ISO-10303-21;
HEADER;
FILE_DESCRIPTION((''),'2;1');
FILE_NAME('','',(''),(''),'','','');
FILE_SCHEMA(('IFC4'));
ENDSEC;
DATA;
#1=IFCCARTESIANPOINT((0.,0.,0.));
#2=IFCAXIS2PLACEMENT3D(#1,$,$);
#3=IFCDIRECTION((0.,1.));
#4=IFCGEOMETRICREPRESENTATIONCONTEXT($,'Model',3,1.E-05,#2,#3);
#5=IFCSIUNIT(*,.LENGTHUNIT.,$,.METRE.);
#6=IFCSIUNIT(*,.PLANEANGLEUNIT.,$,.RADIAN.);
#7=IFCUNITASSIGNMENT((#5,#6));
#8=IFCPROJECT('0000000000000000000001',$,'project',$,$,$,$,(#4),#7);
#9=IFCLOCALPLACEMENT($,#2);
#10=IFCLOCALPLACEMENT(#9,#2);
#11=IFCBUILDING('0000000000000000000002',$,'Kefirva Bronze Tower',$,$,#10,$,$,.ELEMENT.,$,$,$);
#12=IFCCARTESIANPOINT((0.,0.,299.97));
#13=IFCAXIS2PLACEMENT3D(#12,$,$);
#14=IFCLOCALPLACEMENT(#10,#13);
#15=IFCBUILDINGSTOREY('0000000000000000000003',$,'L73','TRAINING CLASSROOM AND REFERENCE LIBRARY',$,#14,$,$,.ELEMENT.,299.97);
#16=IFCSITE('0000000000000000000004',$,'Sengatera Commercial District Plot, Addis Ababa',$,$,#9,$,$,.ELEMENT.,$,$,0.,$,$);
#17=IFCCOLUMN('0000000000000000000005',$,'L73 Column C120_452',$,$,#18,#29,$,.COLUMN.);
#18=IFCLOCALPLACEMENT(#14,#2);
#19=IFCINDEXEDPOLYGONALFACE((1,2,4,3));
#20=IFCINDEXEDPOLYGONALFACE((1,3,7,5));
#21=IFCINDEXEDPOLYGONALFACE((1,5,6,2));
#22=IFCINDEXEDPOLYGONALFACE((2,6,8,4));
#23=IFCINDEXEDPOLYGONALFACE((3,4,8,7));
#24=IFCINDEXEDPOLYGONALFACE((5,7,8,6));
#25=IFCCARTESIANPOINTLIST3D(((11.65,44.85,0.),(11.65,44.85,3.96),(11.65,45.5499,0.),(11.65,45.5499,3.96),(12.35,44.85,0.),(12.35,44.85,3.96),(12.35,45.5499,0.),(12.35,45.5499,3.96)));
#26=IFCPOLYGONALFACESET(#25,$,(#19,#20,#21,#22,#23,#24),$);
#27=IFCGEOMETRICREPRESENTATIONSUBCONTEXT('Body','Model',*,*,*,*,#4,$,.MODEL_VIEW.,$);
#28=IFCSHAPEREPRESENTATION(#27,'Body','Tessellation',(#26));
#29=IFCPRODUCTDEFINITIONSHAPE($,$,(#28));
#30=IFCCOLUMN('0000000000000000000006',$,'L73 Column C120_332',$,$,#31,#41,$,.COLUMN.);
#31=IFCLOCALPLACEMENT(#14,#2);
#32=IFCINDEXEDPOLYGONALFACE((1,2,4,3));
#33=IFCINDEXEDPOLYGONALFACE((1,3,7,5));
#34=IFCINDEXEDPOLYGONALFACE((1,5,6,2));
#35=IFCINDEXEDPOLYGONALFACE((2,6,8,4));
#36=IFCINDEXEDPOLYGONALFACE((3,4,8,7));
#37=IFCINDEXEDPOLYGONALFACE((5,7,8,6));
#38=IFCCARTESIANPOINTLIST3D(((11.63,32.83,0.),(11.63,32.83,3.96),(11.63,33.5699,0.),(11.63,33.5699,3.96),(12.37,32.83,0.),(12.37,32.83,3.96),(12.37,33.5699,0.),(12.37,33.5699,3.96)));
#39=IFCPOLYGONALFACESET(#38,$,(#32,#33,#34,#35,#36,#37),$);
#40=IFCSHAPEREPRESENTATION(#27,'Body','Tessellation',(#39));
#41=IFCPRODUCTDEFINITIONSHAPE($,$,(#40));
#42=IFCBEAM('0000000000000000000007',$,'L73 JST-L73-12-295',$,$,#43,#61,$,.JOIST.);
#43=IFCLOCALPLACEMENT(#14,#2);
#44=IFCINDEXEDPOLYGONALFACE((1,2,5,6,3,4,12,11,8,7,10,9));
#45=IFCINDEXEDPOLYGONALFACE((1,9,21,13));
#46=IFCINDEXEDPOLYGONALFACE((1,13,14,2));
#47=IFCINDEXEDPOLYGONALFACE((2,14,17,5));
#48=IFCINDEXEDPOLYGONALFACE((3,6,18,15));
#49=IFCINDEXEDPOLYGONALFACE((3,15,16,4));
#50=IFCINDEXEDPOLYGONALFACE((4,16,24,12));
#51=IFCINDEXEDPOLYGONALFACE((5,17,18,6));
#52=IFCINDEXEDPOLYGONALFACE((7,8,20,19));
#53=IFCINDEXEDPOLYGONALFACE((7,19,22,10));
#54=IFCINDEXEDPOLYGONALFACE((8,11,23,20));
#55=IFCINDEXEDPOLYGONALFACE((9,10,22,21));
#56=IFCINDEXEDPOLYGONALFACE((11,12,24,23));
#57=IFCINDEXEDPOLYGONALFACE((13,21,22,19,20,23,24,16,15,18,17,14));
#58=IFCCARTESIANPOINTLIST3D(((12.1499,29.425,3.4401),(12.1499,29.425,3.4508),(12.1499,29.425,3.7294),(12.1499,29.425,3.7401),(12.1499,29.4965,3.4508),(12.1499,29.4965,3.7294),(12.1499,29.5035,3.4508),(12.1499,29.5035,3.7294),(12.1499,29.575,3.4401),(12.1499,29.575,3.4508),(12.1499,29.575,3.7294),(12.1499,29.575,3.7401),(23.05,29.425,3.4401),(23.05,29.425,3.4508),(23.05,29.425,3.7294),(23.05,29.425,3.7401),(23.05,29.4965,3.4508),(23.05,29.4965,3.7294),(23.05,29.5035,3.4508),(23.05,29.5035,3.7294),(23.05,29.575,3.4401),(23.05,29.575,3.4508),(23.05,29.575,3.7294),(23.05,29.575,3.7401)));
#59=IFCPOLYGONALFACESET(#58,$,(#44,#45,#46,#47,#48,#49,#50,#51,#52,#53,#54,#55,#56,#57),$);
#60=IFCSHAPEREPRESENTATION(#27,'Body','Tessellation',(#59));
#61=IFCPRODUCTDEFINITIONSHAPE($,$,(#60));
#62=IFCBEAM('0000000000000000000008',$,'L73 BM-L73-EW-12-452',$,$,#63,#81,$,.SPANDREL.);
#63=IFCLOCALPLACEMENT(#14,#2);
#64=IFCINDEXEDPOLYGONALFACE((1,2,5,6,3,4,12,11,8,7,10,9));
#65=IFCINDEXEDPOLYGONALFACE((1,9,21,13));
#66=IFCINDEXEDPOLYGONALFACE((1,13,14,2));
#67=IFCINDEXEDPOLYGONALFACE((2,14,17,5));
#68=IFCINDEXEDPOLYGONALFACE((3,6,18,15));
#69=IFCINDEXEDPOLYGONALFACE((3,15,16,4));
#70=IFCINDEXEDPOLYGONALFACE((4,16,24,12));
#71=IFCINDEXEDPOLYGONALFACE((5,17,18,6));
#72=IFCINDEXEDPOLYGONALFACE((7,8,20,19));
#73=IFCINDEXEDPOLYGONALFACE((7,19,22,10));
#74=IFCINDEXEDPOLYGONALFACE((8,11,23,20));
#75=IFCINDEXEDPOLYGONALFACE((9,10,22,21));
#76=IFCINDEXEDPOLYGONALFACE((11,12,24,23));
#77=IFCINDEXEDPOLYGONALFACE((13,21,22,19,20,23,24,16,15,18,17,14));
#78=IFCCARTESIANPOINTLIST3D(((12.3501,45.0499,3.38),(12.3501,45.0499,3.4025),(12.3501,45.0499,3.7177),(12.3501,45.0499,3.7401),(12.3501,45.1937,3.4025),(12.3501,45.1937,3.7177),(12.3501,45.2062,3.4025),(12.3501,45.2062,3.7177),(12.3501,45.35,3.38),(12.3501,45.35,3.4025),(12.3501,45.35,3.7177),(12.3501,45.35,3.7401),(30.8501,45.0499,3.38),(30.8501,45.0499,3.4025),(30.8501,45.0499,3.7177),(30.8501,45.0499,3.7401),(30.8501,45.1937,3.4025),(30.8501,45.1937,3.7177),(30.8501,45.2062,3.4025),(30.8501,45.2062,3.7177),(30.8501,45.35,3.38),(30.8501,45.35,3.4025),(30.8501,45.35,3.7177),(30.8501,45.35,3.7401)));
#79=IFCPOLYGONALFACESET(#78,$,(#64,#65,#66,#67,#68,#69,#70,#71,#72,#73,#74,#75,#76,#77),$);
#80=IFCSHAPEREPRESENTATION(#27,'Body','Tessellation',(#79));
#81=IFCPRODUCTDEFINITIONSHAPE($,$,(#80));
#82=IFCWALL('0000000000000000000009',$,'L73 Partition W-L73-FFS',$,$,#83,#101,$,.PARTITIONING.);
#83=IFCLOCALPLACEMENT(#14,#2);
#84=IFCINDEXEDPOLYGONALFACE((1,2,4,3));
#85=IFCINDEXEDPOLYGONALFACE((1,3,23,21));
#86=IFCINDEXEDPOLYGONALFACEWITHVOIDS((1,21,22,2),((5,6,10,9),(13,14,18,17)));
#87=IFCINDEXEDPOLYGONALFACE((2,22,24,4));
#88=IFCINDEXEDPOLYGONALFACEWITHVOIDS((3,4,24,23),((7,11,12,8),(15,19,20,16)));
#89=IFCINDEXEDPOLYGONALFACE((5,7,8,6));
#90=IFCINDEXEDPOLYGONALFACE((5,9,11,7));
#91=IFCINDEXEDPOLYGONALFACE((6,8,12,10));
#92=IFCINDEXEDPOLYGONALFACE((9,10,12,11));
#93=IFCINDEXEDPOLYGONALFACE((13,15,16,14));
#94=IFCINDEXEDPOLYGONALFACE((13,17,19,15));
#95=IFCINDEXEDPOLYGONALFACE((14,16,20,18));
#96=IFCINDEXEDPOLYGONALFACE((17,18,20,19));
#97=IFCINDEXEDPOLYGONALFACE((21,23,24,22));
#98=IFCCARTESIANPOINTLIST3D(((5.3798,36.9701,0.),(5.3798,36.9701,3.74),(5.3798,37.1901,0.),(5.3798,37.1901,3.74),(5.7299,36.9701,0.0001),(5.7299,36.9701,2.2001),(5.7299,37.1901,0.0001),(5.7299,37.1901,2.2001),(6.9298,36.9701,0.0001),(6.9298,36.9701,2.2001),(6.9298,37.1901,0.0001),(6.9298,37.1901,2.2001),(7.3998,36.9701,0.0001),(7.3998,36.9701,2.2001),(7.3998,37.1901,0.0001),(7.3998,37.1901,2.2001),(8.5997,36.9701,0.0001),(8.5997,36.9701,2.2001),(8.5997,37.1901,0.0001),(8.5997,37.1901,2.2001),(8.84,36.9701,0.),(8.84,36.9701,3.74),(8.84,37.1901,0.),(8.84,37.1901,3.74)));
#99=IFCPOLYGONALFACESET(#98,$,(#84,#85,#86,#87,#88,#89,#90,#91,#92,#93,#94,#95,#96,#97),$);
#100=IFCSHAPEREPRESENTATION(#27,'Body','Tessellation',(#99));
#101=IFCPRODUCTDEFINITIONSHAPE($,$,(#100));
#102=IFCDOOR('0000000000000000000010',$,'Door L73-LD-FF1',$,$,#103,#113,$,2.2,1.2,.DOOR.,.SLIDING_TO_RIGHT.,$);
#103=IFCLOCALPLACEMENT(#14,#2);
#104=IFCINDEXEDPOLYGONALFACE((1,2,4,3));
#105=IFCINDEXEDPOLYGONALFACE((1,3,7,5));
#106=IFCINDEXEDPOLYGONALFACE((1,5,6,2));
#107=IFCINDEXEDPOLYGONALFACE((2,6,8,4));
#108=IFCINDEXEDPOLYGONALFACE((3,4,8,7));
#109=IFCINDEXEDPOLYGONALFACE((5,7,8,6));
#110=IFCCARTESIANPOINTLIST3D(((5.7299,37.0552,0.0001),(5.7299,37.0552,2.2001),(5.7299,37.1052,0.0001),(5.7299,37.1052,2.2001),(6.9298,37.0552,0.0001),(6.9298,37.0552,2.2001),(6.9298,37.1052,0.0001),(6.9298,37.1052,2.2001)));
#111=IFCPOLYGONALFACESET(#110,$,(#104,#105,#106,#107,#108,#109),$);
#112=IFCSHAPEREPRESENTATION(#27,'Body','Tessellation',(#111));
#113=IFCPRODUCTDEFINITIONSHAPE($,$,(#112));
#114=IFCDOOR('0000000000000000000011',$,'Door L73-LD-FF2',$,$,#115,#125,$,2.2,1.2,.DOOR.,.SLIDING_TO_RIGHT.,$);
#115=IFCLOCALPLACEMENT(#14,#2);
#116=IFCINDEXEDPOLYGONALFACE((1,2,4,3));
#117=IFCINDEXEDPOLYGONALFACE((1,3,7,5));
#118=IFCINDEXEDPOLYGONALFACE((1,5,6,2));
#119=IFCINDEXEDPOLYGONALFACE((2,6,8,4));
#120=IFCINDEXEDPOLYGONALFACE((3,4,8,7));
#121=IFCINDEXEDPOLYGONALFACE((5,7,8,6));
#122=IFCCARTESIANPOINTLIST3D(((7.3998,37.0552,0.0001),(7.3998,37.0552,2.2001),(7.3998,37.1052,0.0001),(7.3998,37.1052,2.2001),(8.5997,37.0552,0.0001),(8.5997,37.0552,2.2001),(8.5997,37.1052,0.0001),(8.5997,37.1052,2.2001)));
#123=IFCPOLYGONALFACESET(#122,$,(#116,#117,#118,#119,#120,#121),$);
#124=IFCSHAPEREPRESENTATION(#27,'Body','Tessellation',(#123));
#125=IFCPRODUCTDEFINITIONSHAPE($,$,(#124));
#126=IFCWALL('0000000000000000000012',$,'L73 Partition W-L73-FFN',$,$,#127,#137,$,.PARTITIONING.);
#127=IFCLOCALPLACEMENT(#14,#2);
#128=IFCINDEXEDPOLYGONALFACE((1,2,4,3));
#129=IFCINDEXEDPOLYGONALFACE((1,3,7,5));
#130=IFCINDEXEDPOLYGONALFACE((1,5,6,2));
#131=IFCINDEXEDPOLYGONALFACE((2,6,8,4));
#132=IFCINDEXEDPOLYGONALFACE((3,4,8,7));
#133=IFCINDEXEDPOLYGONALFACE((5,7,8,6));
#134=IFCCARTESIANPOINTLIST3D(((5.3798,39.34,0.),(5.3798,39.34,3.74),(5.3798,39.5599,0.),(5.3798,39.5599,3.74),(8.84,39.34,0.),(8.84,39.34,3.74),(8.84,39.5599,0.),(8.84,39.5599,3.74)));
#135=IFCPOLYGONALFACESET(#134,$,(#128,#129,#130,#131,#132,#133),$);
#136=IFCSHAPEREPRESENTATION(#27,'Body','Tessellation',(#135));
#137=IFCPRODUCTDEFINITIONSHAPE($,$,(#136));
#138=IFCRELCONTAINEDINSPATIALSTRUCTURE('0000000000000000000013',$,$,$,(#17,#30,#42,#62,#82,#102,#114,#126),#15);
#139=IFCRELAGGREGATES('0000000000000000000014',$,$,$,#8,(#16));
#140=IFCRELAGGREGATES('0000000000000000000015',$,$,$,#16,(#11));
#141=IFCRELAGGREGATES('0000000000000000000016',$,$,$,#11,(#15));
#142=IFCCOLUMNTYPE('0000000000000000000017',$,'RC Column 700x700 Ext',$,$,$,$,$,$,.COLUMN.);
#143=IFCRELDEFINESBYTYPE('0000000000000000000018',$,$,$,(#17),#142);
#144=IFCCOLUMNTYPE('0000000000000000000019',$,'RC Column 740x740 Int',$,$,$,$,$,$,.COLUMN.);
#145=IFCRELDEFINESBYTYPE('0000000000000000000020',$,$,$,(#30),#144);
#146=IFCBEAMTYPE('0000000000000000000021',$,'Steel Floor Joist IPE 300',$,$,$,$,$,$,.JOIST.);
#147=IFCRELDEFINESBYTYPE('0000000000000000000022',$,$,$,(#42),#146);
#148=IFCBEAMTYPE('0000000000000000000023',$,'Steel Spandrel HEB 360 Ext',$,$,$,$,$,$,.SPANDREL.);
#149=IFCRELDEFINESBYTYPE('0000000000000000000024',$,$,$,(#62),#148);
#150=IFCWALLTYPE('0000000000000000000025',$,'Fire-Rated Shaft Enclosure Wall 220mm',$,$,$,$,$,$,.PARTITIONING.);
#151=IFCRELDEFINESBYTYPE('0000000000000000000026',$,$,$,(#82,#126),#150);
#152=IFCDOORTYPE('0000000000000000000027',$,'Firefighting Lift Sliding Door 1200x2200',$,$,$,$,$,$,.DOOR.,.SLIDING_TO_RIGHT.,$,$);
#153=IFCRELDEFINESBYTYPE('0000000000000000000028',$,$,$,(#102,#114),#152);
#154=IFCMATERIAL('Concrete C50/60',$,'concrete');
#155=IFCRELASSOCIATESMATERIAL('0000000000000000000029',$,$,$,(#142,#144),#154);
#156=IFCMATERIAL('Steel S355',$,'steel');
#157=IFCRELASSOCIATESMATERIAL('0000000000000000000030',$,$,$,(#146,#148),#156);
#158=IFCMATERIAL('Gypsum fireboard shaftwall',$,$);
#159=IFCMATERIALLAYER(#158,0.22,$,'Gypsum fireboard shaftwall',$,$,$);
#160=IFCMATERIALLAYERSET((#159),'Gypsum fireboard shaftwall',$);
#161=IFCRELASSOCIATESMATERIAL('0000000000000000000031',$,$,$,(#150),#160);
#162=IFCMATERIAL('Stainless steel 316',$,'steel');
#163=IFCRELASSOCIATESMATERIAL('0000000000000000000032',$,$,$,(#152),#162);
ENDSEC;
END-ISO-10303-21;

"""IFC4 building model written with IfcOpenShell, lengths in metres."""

from ifc_helpers import new_model, si_unit, direction, frame, frame_2d, origin, origin_2d, place, context, subcontext, project, spatial, rectangle, i_section, extrude, material, layer, layer_set, material_profile, profile_set, type_object, element, fill, save


model = new_model("IFC4")

# Units and contexts
model_context = context("Model", 3, precision=1e-05, world=origin(), true_north=direction((0.0, 1.0)))
body_context = subcontext(model_context, "Body", "Model", "MODEL_VIEW")
ifc_project = project(units=[si_unit("LENGTHUNIT", "METRE"), si_unit("PLANEANGLEUNIT", "RADIAN")], contexts=[model_context])

# Site, building, storey
site_placement = place(None, origin())
site = spatial("IfcSite", under=ifc_project, at=site_placement, Name="Sengatera Commercial District Plot, Addis Ababa", CompositionType="ELEMENT", RefElevation=0.0)
building_placement = place(site_placement, origin())
building = spatial("IfcBuilding", under=site, at=building_placement, Name="Kefirva Bronze Tower", CompositionType="ELEMENT")
storey_placement = place(building_placement, frame((0.0, 0.0, 299.97)))
storey = spatial("IfcBuildingStorey", under=building, at=storey_placement, Name="L73", Description="TRAINING CLASSROOM AND REFERENCE LIBRARY", CompositionType="ELEMENT", Elevation=299.97)

# Columns
ifc_material_1 = material(Name="Concrete C50/60", Category="concrete")
ifc_material_profile_1 = material_profile(ifc_material_1, rectangle(XDim=0.7, YDim=0.7, at=origin_2d()), Name="RC 700x700")
ifc_profile_set_1 = profile_set([ifc_material_profile_1], Name="Concrete C50/60")
column_type_1 = type_object("IfcColumnType", Name="RC Column 700x700 Ext", PredefinedType="COLUMN", material=ifc_profile_set_1)
column_1_placement = place(storey_placement, frame((12.0, 45.2, 0.0), z_axis=(0.0, 0.0, 1.0), x_axis=(1.0, 0.0, 0.0)))
element("IfcColumn", 1, at=column_1_placement, inside=storey, type_object=column_type_1, Name="L73 Column C120_452", PredefinedType="COLUMN", context=body_context, shape_type="SweptSolid", body=[
    extrude(rectangle(XDim=0.7, YDim=0.7, at=origin_2d()), origin(), (0.0, 0.0, 1.0), 3.96),
])
ifc_material_profile_2 = material_profile(ifc_material_1, rectangle(XDim=0.74, YDim=0.74, at=origin_2d()), Name="RC 740x740")
ifc_profile_set_2 = profile_set([ifc_material_profile_2], Name="Concrete C50/60")
column_type_2 = type_object("IfcColumnType", Name="RC Column 740x740 Int", PredefinedType="COLUMN", material=ifc_profile_set_2)
column_2_placement = place(storey_placement, frame((12.0, 33.2, 0.0), z_axis=(0.0, 0.0, 1.0), x_axis=(1.0, 0.0, 0.0)))
element("IfcColumn", 2, at=column_2_placement, inside=storey, type_object=column_type_2, Name="L73 Column C120_332", PredefinedType="COLUMN", context=body_context, shape_type="SweptSolid", body=[
    extrude(rectangle(XDim=0.74, YDim=0.74, at=origin_2d()), origin(), (0.0, 0.0, 1.0), 3.96),
])

# Beams
ifc_material_2 = material(Name="Steel S355", Category="steel")
ifc_material_profile_3 = material_profile(ifc_material_2, i_section(OverallWidth=0.1499, OverallDepth=0.3, WebThickness=0.0071, FlangeThickness=0.0107, at=origin_2d()), Name="IPE 300")
ifc_profile_set_3 = profile_set([ifc_material_profile_3], Name="Steel S355")
beam_type_1 = type_object("IfcBeamType", Name="Steel Floor Joist IPE 300", PredefinedType="JOIST", material=ifc_profile_set_3)
beam_1_placement = place(storey_placement, frame((12.1499, 29.5, 3.5901), z_axis=(1.0, 0.0, 0.0), x_axis=(0.0, 1.0, 0.0)))
element("IfcBeam", 3, at=beam_1_placement, inside=storey, type_object=beam_type_1, Name="L73 JST-L73-12-295", PredefinedType="JOIST", context=body_context, shape_type="SweptSolid", body=[
    extrude(i_section(OverallWidth=0.1499, OverallDepth=0.3, WebThickness=0.0071, FlangeThickness=0.0107, at=origin_2d()), origin(), (0.0, 0.0, 1.0), 10.9001),
])
ifc_material_profile_4 = material_profile(ifc_material_2, i_section(OverallWidth=0.3, OverallDepth=0.3601, WebThickness=0.0125, FlangeThickness=0.0225, at=origin_2d()), Name="HEB 360")
ifc_profile_set_4 = profile_set([ifc_material_profile_4], Name="Steel S355")
beam_type_2 = type_object("IfcBeamType", Name="Steel Spandrel HEB 360 Ext", PredefinedType="SPANDREL", material=ifc_profile_set_4)
beam_2_placement = place(storey_placement, frame((12.3501, 45.2, 3.5601), z_axis=(1.0, 0.0, 0.0), x_axis=(0.0, 1.0, 0.0)))
element("IfcBeam", 4, at=beam_2_placement, inside=storey, type_object=beam_type_2, Name="L73 BM-L73-EW-12-452", PredefinedType="SPANDREL", context=body_context, shape_type="SweptSolid", body=[
    extrude(i_section(OverallWidth=0.3, OverallDepth=0.3601, WebThickness=0.0125, FlangeThickness=0.0225, at=origin_2d()), origin(), (0.0, 0.0, 1.0), 18.5),
])

# Wall, openings, doors
ifc_material_3 = material(Name="Gypsum fireboard shaftwall")
ifc_layer_1 = layer(ifc_material_3, 0.22, Name="Gypsum fireboard shaftwall")
ifc_layer_set_1 = layer_set([ifc_layer_1], Name="Gypsum fireboard shaftwall")
wall_type_1 = type_object("IfcWallType", Name="Fire-Rated Shaft Enclosure Wall 220mm", PredefinedType="PARTITIONING", material=ifc_layer_set_1)
wall_1_placement = place(storey_placement, frame((5.3799, 37.0801, 0.0), z_axis=(0.0, 0.0, 1.0), x_axis=(1.0, 0.0, 0.0)))
wall_1 = element("IfcWall", 5, at=wall_1_placement, inside=storey, type_object=wall_type_1, Name="L73 Partition W-L73-FFS", PredefinedType="PARTITIONING", context=body_context, shape_type="SweptSolid", body=[
    extrude(rectangle(XDim=3.4602, YDim=0.22, at=frame_2d((1.73, 0.0))), origin(), (0.0, 0.0, 1.0), 3.74),
])
opening_1_placement = place(wall_1_placement, frame((1.55, 0.0, 0.0), z_axis=(0.0, 0.0, 1.0), x_axis=(-1.0, 0.0, 0.0)))
opening_1 = element("IfcOpeningElement", 6, at=opening_1_placement, cuts=wall_1, PredefinedType="OPENING", context=body_context, shape_type="SweptSolid", body=[
    extrude(rectangle(XDim=1.2, YDim=2.2, at=frame_2d((0.6001, 1.1001))), frame((0.0, 0.1201, 0.0), z_axis=(0.0, -1.0, 0.0), x_axis=(1.0, 0.0, 0.0)), (0.0, 0.0, 1.0), 0.24),
])
opening_2_placement = place(wall_1_placement, frame((3.22, 0.0, 0.0), z_axis=(0.0, 0.0, 1.0), x_axis=(-1.0, 0.0, 0.0)))
opening_2 = element("IfcOpeningElement", 7, at=opening_2_placement, cuts=wall_1, PredefinedType="OPENING", context=body_context, shape_type="SweptSolid", body=[
    extrude(rectangle(XDim=1.2, YDim=2.2, at=frame_2d((0.6001, 1.1001))), frame((0.0, 0.1201, 0.0), z_axis=(0.0, -1.0, 0.0), x_axis=(1.0, 0.0, 0.0)), (0.0, 0.0, 1.0), 0.24),
])
ifc_material_4 = material(Name="Stainless steel 316", Category="steel")
door_type_1 = type_object("IfcDoorType", Name="Firefighting Lift Sliding Door 1200x2200", OperationType="SLIDING_TO_RIGHT", PredefinedType="DOOR", material=ifc_material_4)
door_1_placement = place(opening_1_placement, origin())
door_1 = element("IfcDoor", 8, at=door_1_placement, inside=storey, type_object=door_type_1, Name="Door L73-LD-FF1", OperationType="SLIDING_TO_RIGHT", OverallHeight=2.2, OverallWidth=1.2, PredefinedType="DOOR", context=body_context, shape_type="SweptSolid", body=[
    extrude(rectangle(XDim=1.2, YDim=2.2, at=frame_2d((0.6001, 1.1001))), frame((0.0, 0.0249, 0.0), z_axis=(0.0, -1.0, 0.0), x_axis=(1.0, 0.0, 0.0)), (0.0, 0.0, 1.0), 0.05),
])
fill(opening_1, door_1)
door_2_placement = place(opening_2_placement, origin())
door_2 = element("IfcDoor", 9, at=door_2_placement, inside=storey, type_object=door_type_1, Name="Door L73-LD-FF2", OperationType="SLIDING_TO_RIGHT", OverallHeight=2.2, OverallWidth=1.2, PredefinedType="DOOR", context=body_context, shape_type="SweptSolid", body=[
    extrude(rectangle(XDim=1.2, YDim=2.2, at=frame_2d((0.6001, 1.1001))), frame((0.0, 0.0249, 0.0), z_axis=(0.0, -1.0, 0.0), x_axis=(1.0, 0.0, 0.0)), (0.0, 0.0, 1.0), 0.05),
])
fill(opening_2, door_2)

# Wall
wall_2_placement = place(storey_placement, frame((5.3799, 39.45, 0.0), z_axis=(0.0, 0.0, 1.0), x_axis=(1.0, 0.0, 0.0)))
element("IfcWall", 10, at=wall_2_placement, inside=storey, type_object=wall_type_1, Name="L73 Partition W-L73-FFN", PredefinedType="PARTITIONING", context=body_context, shape_type="SweptSolid", body=[
    extrude(rectangle(XDim=3.4602, YDim=0.22, at=frame_2d((1.73, 0.0))), origin(), (0.0, 0.0, 1.0), 3.74),
])

save(model, "model.ifc")
